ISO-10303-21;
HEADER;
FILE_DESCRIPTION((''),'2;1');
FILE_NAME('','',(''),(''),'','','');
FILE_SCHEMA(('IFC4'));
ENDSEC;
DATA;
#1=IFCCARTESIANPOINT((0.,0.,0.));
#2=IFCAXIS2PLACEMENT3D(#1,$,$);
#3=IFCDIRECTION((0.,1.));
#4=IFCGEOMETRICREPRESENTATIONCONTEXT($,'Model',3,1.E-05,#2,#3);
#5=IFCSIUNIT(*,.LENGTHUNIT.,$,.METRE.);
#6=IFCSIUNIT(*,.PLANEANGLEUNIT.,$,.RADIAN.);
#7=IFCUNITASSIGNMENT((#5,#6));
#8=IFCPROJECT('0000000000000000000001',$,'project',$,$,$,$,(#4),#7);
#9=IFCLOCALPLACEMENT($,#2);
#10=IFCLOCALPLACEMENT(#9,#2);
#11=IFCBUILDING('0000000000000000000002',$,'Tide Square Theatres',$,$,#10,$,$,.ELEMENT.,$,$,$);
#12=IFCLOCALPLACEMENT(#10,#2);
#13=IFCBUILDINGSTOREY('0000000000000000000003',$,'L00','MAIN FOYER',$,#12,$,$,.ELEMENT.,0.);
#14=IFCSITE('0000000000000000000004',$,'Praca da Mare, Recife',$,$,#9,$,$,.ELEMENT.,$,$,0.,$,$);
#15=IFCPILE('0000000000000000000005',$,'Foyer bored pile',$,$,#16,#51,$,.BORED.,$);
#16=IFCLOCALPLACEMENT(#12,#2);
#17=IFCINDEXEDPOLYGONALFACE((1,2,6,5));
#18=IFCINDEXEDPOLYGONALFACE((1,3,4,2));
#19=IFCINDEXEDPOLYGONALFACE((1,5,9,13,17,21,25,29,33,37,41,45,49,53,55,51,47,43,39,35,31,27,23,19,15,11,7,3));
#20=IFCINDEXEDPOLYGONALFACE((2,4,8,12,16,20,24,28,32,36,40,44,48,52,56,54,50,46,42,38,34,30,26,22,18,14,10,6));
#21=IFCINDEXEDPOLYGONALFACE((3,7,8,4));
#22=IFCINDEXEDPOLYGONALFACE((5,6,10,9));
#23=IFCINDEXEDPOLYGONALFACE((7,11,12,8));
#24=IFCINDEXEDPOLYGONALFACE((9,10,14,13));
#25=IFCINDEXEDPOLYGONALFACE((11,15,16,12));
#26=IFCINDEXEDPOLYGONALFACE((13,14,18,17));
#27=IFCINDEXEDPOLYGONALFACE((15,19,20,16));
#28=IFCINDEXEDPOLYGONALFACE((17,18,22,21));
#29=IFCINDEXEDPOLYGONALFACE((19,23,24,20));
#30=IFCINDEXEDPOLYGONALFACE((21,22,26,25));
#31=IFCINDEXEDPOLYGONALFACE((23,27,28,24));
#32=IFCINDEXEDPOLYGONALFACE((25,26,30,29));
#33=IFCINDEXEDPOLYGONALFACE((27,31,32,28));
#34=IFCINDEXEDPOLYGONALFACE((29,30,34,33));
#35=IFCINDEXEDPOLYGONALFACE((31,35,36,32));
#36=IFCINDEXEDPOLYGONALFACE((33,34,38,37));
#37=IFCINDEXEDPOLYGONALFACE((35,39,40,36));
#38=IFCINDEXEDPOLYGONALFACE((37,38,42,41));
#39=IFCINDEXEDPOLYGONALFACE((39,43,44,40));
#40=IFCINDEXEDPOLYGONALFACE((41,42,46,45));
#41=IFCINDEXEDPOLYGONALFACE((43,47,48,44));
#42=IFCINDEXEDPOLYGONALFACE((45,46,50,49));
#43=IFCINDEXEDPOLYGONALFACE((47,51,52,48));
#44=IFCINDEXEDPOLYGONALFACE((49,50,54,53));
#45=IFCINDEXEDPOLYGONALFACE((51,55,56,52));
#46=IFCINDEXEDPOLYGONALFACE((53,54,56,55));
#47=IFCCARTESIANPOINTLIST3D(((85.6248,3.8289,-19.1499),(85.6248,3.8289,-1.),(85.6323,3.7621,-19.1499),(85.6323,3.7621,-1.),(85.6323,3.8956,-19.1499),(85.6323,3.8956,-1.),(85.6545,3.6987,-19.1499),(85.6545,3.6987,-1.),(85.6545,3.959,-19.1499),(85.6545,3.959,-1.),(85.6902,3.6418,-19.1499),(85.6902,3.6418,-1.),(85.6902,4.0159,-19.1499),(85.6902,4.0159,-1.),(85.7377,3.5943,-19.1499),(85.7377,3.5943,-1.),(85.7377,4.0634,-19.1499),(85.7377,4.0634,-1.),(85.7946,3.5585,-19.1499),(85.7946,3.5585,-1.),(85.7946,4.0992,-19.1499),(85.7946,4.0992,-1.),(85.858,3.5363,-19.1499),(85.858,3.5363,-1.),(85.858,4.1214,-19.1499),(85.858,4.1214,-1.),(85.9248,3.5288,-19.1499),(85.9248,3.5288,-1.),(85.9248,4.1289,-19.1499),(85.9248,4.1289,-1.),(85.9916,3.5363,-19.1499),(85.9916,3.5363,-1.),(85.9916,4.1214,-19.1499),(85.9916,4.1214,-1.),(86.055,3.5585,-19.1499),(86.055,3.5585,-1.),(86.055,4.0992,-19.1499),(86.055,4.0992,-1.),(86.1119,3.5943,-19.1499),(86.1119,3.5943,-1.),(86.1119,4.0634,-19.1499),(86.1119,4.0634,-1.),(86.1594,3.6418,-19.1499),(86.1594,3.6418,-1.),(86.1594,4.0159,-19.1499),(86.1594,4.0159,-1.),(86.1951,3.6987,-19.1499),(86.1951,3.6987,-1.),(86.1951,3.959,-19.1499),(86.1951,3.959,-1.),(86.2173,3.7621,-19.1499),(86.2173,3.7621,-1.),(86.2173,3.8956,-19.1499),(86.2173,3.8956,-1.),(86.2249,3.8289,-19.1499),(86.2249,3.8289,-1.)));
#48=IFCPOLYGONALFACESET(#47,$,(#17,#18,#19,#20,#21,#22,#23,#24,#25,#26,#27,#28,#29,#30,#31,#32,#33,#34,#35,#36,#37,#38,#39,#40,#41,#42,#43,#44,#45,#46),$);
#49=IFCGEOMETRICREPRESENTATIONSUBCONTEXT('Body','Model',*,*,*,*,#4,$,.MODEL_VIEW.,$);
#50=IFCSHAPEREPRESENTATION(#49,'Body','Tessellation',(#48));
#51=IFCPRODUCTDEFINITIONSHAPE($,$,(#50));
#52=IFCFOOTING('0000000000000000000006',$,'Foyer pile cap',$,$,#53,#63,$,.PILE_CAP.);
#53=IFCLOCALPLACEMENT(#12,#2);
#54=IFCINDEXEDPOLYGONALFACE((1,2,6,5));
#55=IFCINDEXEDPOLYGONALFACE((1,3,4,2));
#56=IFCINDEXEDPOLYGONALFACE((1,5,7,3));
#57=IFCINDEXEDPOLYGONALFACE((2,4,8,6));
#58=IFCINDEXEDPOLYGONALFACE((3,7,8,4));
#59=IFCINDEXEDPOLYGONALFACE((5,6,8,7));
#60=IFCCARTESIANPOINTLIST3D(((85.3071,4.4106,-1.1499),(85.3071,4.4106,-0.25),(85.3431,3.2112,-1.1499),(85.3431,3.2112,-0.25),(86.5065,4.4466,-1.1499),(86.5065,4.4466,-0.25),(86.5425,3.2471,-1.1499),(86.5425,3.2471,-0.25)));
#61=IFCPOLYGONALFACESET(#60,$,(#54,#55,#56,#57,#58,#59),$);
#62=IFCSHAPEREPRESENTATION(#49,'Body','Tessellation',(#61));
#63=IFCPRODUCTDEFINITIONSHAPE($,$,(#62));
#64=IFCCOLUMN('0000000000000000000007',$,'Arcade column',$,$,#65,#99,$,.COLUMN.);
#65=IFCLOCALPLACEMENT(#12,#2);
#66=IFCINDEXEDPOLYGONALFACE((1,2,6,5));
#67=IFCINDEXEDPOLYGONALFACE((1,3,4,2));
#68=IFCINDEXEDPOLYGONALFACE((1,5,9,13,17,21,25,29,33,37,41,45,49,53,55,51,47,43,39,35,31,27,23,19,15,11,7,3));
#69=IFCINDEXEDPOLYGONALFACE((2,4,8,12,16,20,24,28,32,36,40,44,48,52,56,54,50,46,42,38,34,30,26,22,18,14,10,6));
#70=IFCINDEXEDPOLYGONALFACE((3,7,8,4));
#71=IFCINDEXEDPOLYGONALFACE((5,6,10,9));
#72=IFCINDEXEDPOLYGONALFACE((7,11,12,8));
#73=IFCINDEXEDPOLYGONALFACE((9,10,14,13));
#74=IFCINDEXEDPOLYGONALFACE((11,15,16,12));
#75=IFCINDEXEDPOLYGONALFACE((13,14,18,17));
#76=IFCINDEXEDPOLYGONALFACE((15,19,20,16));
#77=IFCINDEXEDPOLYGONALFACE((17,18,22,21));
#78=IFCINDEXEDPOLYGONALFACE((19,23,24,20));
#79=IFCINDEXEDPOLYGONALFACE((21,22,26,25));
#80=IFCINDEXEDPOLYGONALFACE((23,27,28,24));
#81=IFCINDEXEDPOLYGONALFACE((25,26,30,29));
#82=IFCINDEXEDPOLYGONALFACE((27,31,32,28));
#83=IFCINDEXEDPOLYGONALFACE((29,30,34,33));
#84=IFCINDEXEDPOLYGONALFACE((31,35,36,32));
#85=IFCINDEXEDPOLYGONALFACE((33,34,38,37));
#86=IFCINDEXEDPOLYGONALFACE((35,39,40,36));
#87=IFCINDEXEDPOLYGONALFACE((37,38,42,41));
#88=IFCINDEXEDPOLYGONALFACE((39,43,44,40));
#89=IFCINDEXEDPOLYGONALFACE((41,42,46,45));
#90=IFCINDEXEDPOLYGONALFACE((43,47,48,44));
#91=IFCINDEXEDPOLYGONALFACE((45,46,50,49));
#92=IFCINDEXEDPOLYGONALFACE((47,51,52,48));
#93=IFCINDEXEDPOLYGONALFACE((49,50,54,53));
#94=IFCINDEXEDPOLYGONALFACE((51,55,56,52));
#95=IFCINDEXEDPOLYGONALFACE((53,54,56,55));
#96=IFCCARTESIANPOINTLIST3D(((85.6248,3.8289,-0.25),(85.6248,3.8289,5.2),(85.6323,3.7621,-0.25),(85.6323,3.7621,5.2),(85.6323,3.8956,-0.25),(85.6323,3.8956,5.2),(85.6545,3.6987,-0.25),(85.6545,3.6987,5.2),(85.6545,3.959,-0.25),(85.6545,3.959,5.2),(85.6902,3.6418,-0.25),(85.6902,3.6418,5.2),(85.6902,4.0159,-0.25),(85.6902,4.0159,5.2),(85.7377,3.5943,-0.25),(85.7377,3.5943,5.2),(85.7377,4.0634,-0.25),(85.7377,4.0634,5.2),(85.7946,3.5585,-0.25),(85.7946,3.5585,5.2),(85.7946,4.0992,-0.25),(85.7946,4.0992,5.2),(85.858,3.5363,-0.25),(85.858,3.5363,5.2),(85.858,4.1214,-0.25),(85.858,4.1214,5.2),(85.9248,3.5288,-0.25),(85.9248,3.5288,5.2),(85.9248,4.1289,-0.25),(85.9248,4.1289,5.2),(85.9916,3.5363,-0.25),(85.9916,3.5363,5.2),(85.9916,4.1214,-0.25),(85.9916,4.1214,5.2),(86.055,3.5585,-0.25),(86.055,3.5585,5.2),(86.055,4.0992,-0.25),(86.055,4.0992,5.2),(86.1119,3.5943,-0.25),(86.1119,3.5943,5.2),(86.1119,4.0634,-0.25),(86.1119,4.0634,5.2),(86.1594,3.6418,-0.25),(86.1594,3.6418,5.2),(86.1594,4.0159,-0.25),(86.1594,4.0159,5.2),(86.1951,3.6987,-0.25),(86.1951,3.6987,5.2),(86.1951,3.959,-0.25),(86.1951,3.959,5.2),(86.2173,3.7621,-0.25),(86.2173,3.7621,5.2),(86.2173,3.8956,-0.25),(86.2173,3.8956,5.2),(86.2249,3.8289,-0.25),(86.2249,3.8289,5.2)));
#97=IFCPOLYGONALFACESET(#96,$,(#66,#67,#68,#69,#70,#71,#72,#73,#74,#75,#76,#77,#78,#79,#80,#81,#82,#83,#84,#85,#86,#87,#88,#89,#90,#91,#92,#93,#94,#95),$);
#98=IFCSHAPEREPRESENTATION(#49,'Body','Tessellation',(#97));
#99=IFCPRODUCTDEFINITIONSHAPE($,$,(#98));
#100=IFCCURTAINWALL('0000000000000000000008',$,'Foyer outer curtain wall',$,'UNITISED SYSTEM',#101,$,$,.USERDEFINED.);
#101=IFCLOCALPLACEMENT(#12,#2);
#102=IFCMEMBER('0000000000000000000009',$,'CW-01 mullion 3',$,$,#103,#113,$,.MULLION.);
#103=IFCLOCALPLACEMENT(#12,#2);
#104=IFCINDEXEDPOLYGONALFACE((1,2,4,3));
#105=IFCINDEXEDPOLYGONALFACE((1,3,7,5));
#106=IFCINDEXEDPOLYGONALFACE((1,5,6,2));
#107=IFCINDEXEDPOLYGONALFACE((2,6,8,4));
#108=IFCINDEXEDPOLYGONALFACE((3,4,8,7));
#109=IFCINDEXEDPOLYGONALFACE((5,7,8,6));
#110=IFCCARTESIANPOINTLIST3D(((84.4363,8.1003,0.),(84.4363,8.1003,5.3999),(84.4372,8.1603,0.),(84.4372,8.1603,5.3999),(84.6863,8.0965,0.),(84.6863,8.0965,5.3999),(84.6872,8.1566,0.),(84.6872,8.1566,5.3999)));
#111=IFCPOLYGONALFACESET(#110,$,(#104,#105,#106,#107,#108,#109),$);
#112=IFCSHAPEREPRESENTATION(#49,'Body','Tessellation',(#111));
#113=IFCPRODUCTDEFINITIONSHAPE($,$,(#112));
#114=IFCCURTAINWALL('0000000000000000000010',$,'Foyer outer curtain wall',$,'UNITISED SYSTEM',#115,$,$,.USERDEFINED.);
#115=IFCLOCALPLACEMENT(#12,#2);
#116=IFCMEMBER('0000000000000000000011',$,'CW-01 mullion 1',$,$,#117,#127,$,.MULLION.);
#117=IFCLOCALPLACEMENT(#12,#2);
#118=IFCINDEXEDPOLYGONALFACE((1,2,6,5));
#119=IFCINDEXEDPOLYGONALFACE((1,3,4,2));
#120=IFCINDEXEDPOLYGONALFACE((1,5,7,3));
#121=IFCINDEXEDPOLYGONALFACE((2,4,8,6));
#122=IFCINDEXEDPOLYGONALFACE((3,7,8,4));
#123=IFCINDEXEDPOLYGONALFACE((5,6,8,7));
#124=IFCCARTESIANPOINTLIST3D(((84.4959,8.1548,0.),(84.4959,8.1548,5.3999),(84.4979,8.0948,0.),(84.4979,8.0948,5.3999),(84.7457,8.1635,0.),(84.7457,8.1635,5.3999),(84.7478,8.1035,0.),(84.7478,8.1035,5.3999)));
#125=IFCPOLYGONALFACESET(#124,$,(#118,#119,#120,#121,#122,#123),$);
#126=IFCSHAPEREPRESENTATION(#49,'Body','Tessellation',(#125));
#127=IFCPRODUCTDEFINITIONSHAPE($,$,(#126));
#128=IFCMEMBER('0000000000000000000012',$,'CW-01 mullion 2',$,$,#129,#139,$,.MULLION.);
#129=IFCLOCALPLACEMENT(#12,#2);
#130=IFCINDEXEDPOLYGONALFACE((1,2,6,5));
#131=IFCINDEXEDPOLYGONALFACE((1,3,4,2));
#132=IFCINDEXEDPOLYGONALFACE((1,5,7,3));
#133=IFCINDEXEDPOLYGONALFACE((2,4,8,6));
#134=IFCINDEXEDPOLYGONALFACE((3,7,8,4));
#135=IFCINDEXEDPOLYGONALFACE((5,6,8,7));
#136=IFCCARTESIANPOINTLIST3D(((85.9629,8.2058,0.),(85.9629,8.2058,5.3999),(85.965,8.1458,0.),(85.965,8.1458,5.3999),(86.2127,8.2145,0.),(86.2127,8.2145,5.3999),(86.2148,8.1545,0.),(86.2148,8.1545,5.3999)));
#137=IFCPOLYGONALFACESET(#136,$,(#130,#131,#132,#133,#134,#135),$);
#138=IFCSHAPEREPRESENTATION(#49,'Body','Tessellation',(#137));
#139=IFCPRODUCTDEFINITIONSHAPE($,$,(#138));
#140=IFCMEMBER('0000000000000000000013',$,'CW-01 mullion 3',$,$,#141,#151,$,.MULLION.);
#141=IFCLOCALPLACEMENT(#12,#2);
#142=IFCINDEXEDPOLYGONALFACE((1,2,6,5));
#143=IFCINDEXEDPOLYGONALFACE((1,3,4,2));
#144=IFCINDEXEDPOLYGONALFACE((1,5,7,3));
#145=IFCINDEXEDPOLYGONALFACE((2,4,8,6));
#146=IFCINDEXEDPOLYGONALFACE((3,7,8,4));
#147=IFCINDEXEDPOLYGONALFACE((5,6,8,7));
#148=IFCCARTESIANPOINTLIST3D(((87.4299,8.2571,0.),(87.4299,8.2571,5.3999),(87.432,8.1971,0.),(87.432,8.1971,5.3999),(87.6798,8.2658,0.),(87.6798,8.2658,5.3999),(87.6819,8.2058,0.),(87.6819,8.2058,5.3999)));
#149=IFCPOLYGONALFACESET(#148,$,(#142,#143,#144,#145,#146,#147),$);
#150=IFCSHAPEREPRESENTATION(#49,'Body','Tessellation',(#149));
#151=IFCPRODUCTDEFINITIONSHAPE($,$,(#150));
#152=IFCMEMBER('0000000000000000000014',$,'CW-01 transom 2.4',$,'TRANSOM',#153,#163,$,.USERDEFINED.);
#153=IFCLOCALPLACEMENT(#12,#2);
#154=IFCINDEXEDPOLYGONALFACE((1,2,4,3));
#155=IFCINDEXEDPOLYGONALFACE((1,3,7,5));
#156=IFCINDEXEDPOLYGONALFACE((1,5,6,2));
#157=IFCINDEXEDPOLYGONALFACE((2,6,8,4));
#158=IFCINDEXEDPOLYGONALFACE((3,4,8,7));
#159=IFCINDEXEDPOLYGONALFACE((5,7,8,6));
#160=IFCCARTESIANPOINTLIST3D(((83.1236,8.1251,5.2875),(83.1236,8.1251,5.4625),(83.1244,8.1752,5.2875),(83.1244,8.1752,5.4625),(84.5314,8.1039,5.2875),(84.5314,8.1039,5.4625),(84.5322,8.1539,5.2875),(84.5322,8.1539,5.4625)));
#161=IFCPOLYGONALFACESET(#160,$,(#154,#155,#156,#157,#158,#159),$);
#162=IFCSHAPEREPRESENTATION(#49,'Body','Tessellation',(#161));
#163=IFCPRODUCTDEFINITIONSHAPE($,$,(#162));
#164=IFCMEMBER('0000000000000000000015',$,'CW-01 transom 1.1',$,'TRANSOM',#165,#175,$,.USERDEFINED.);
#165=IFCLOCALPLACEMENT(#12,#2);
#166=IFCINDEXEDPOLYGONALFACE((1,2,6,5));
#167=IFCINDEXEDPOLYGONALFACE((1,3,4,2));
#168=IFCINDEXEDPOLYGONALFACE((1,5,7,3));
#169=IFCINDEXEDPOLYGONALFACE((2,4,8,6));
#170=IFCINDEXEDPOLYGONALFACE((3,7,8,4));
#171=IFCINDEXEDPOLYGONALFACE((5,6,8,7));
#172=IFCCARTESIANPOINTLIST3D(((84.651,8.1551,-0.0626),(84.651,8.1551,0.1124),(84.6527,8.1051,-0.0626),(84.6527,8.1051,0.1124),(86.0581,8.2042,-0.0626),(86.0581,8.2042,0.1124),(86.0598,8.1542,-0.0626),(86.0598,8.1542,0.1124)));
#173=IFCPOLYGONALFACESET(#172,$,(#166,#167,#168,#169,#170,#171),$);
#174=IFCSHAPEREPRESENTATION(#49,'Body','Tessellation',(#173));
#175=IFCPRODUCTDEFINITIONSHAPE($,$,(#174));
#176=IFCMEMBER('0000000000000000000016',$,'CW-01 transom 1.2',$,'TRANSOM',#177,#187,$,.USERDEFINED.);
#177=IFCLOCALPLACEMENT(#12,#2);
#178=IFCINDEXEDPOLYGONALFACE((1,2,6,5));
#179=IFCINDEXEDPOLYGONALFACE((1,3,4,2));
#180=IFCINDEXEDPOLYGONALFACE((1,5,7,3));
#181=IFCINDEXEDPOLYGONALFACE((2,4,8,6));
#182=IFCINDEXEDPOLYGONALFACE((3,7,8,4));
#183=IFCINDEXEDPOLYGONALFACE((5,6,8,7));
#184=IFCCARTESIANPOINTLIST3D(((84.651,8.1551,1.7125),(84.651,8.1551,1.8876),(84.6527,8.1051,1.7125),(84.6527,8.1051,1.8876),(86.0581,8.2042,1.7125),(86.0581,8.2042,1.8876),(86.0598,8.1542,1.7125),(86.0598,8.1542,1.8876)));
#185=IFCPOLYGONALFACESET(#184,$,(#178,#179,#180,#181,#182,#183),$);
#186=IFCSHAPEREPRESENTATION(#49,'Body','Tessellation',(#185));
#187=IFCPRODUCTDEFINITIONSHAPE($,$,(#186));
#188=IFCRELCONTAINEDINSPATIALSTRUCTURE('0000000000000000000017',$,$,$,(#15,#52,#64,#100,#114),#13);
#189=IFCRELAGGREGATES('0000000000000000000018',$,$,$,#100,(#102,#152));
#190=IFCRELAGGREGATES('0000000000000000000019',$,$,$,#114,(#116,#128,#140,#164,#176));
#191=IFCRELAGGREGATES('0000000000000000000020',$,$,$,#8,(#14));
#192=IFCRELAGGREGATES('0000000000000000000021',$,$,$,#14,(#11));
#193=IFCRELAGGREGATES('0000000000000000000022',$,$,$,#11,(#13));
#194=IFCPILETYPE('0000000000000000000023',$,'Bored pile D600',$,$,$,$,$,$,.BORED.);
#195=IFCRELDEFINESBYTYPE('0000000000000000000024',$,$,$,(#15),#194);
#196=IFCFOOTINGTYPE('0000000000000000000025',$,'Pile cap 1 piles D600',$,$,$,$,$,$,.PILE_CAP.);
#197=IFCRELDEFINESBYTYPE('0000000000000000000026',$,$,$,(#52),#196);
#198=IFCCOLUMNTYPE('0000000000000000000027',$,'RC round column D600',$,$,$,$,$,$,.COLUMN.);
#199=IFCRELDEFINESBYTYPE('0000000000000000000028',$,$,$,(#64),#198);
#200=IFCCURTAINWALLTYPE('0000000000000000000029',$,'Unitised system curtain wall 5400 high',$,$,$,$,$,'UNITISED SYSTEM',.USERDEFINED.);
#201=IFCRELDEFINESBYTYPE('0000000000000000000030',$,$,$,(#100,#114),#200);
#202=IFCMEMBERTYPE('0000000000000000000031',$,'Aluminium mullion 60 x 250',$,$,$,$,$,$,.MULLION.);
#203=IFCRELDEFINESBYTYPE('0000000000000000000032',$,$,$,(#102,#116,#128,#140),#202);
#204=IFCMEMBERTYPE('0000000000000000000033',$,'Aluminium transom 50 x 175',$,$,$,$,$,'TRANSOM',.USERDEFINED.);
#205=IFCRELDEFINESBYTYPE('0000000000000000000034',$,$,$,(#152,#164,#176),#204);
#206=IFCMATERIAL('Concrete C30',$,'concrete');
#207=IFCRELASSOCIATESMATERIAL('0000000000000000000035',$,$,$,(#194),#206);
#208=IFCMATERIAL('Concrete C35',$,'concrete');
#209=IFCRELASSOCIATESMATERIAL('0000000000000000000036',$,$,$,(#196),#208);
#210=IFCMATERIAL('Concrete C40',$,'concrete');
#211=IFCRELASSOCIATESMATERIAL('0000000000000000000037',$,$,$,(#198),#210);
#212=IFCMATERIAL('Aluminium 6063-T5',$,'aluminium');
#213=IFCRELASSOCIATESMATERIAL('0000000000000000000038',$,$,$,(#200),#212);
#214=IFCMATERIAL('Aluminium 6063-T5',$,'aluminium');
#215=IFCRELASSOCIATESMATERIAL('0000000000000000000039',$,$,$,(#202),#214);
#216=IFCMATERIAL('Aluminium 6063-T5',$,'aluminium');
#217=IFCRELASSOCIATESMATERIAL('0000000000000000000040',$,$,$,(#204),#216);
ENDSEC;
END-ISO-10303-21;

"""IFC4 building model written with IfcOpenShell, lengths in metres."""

from ifc_helpers import new_model, si_unit, direction, frame, origin, origin_2d, place, context, subcontext, project, spatial, rectangle, circle, extrude, material, material_profile, profile_set, type_object, element, aggregate, save


model = new_model("IFC4")

# Units and contexts
model_context = context("Model", 3, precision=1e-05, world=origin(), true_north=direction((0.0, 1.0)))
body_context = subcontext(model_context, "Body", "Model", "MODEL_VIEW")
ifc_project = project(units=[si_unit("LENGTHUNIT", "METRE"), si_unit("PLANEANGLEUNIT", "RADIAN")], contexts=[model_context])

# Site, building, storey
site_placement = place(None, origin())
site = spatial("IfcSite", under=ifc_project, at=site_placement, Name="Praca da Mare, Recife", CompositionType="ELEMENT", RefElevation=0.0)
building_placement = place(site_placement, origin())
building = spatial("IfcBuilding", under=site, at=building_placement, Name="Tide Square Theatres", CompositionType="ELEMENT")
storey_placement = place(building_placement, origin())
storey = spatial("IfcBuildingStorey", under=building, at=storey_placement, Name="L00", Description="MAIN FOYER", CompositionType="ELEMENT", Elevation=0.0)

# Pile
ifc_material_1 = material(Name="Concrete C30", Category="concrete")
ifc_material_profile_1 = material_profile(ifc_material_1, circle(Radius=0.3, at=origin_2d()))
ifc_profile_set_1 = profile_set([ifc_material_profile_1], Name="Concrete C30")
pile_type = type_object("IfcPileType", Name="Bored pile D600", PredefinedType="BORED", material=ifc_profile_set_1)
pile_placement = place(storey_placement, frame((85.9248, 3.8289, -1.0), z_axis=(0.0, 0.0, -1.0), x_axis=(1.0, 0.0, 0.0)))
element("IfcPile", 1, at=pile_placement, inside=storey, type_object=pile_type, Name="Foyer bored pile", PredefinedType="BORED", context=body_context, shape_type="SweptSolid", body=[
    extrude(circle(Radius=0.3, at=origin_2d()), origin(), (0.0, 0.0, 1.0), 18.1499),
])

# Footing
ifc_material_2 = material(Name="Concrete C35", Category="concrete")
footing_type = type_object("IfcFootingType", Name="Pile cap 1 piles D600", PredefinedType="PILE_CAP", material=ifc_material_2)
footing_placement = place(storey_placement, frame((85.9248, 3.8289, -1.1499), z_axis=(0.0, 0.0, 1.0), x_axis=(0.99955, 0.02998, 0.0)))
element("IfcFooting", 2, at=footing_placement, inside=storey, type_object=footing_type, Name="Foyer pile cap", PredefinedType="PILE_CAP", context=body_context, shape_type="SweptSolid", body=[
    extrude(rectangle(XDim=1.2, YDim=1.2, at=origin_2d()), origin(), (0.0, 0.0, 1.0), 0.8999),
])

# Column
ifc_material_3 = material(Name="Concrete C40", Category="concrete")
ifc_material_profile_2 = material_profile(ifc_material_3, circle(Radius=0.3, at=origin_2d()))
ifc_profile_set_2 = profile_set([ifc_material_profile_2], Name="Concrete C40")
column_type = type_object("IfcColumnType", Name="RC round column D600", PredefinedType="COLUMN", material=ifc_profile_set_2)
column_placement = place(storey_placement, frame((85.9248, 3.8289, -0.25), z_axis=(0.0, 0.0, 1.0), x_axis=(1.0, 0.0, 0.0)))
element("IfcColumn", 3, at=column_placement, inside=storey, type_object=column_type, Name="Arcade column", PredefinedType="COLUMN", context=body_context, shape_type="SweptSolid", body=[
    extrude(circle(Radius=0.3, at=origin_2d()), origin(), (0.0, 0.0, 1.0), 5.45),
])

# Curtain wall, member
ifc_material_4 = material(Name="Aluminium 6063-T5", Category="aluminium")
curtain_wall_type = type_object("IfcCurtainWallType", Name="Unitised system curtain wall 5400 high", ElementType="UNITISED SYSTEM", PredefinedType="USERDEFINED", material=ifc_material_4)
curtain_wall_1_placement = place(storey_placement, origin())
curtain_wall_1 = element("IfcCurtainWall", 4, at=curtain_wall_1_placement, inside=storey, type_object=curtain_wall_type, Name="Foyer outer curtain wall", ObjectType="UNITISED SYSTEM", PredefinedType="USERDEFINED")
ifc_material_5 = material(Name="Aluminium 6063-T5", Category="aluminium")
ifc_material_profile_3 = material_profile(ifc_material_5, rectangle(XDim=0.0601, YDim=0.25, at=origin_2d()))
ifc_profile_set_3 = profile_set([ifc_material_profile_3], Name="Aluminium 6063-T5")
member_type_1 = type_object("IfcMemberType", Name="Aluminium mullion 60 x 250", PredefinedType="MULLION", material=ifc_profile_set_3)
member_1_placement = place(storey_placement, frame((84.5618, 8.1284, 0.0), z_axis=(0.0, 0.0, 1.0), x_axis=(0.01512, 0.999886, 0.0)))
member_1 = element("IfcMember", 5, at=member_1_placement, type_object=member_type_1, Name="CW-01 mullion 3", PredefinedType="MULLION", context=body_context, shape_type="SweptSolid", body=[
    extrude(rectangle(XDim=0.0601, YDim=0.25, at=origin_2d()), origin(), (0.0, 0.0, 1.0), 5.3999),
])

# Curtain wall, members
curtain_wall_2_placement = place(storey_placement, origin())
curtain_wall_2 = element("IfcCurtainWall", 6, at=curtain_wall_2_placement, inside=storey, type_object=curtain_wall_type, Name="Foyer outer curtain wall", ObjectType="UNITISED SYSTEM", PredefinedType="USERDEFINED")
member_2_placement = place(storey_placement, frame((84.6218, 8.1292, 0.0), z_axis=(0.0, 0.0, 1.0), x_axis=(-0.03488, 0.999392, 0.0)))
member_2 = element("IfcMember", 7, at=member_2_placement, type_object=member_type_1, Name="CW-01 mullion 1", PredefinedType="MULLION", context=body_context, shape_type="SweptSolid", body=[
    extrude(rectangle(XDim=0.0601, YDim=0.25, at=origin_2d()), origin(), (0.0, 0.0, 1.0), 5.3999),
])
member_3_placement = place(storey_placement, frame((86.0889, 8.1802, 0.0), z_axis=(0.0, 0.0, 1.0), x_axis=(-0.03488, 0.999392, 0.0)))
member_3 = element("IfcMember", 8, at=member_3_placement, type_object=member_type_1, Name="CW-01 mullion 2", PredefinedType="MULLION", context=body_context, shape_type="SweptSolid", body=[
    extrude(rectangle(XDim=0.0601, YDim=0.25, at=origin_2d()), origin(), (0.0, 0.0, 1.0), 5.3999),
])
member_4_placement = place(storey_placement, frame((87.5559, 8.2314, 0.0), z_axis=(0.0, 0.0, 1.0), x_axis=(-0.03488, 0.999392, 0.0)))
member_4 = element("IfcMember", 9, at=member_4_placement, type_object=member_type_1, Name="CW-01 mullion 3", PredefinedType="MULLION", context=body_context, shape_type="SweptSolid", body=[
    extrude(rectangle(XDim=0.0601, YDim=0.25, at=origin_2d()), origin(), (0.0, 0.0, 1.0), 5.3999),
])

# Members
ifc_material_6 = material(Name="Aluminium 6063-T5", Category="aluminium")
ifc_material_profile_4 = material_profile(ifc_material_6, rectangle(XDim=0.05, YDim=0.175, at=origin_2d()))
ifc_profile_set_4 = profile_set([ifc_material_profile_4], Name="Aluminium 6063-T5")
member_type_2 = type_object("IfcMemberType", Name="Aluminium transom 50 x 175", ElementType="TRANSOM", PredefinedType="USERDEFINED", material=ifc_profile_set_4)
member_5_placement = place(storey_placement, frame((83.124, 8.1501, 5.375), z_axis=(0.999886, -0.015087, 0.0), x_axis=(0.015087, 0.999886, 0.0)))
member_5 = element("IfcMember", 10, at=member_5_placement, type_object=member_type_2, Name="CW-01 transom 2.4", ObjectType="TRANSOM", PredefinedType="USERDEFINED", context=body_context, shape_type="SweptSolid", body=[
    extrude(rectangle(XDim=0.05, YDim=0.175, at=origin_2d()), origin(), (0.0, 0.0, 1.0), 1.408),
])
member_6_placement = place(storey_placement, frame((84.6519, 8.1301, 0.0249), z_axis=(0.999392, 0.034856, 0.0), x_axis=(-0.034856, 0.999392, 0.0)))
member_6 = element("IfcMember", 11, at=member_6_placement, type_object=member_type_2, Name="CW-01 transom 1.1", ObjectType="TRANSOM", PredefinedType="USERDEFINED", context=body_context, shape_type="SweptSolid", body=[
    extrude(rectangle(XDim=0.05, YDim=0.175, at=origin_2d()), origin(), (0.0, 0.0, 1.0), 1.408),
])
member_7_placement = place(storey_placement, frame((84.6519, 8.1301, 1.8), z_axis=(0.999392, 0.034856, 0.0), x_axis=(-0.034856, 0.999392, 0.0)))
member_7 = element("IfcMember", 12, at=member_7_placement, type_object=member_type_2, Name="CW-01 transom 1.2", ObjectType="TRANSOM", PredefinedType="USERDEFINED", context=body_context, shape_type="SweptSolid", body=[
    extrude(rectangle(XDim=0.05, YDim=0.175, at=origin_2d()), origin(), (0.0, 0.0, 1.0), 1.408),
])

aggregate(curtain_wall_1, [member_1, member_5])
aggregate(curtain_wall_2, [member_2, member_3, member_4, member_6, member_7])

save(model, "model.ifc")
